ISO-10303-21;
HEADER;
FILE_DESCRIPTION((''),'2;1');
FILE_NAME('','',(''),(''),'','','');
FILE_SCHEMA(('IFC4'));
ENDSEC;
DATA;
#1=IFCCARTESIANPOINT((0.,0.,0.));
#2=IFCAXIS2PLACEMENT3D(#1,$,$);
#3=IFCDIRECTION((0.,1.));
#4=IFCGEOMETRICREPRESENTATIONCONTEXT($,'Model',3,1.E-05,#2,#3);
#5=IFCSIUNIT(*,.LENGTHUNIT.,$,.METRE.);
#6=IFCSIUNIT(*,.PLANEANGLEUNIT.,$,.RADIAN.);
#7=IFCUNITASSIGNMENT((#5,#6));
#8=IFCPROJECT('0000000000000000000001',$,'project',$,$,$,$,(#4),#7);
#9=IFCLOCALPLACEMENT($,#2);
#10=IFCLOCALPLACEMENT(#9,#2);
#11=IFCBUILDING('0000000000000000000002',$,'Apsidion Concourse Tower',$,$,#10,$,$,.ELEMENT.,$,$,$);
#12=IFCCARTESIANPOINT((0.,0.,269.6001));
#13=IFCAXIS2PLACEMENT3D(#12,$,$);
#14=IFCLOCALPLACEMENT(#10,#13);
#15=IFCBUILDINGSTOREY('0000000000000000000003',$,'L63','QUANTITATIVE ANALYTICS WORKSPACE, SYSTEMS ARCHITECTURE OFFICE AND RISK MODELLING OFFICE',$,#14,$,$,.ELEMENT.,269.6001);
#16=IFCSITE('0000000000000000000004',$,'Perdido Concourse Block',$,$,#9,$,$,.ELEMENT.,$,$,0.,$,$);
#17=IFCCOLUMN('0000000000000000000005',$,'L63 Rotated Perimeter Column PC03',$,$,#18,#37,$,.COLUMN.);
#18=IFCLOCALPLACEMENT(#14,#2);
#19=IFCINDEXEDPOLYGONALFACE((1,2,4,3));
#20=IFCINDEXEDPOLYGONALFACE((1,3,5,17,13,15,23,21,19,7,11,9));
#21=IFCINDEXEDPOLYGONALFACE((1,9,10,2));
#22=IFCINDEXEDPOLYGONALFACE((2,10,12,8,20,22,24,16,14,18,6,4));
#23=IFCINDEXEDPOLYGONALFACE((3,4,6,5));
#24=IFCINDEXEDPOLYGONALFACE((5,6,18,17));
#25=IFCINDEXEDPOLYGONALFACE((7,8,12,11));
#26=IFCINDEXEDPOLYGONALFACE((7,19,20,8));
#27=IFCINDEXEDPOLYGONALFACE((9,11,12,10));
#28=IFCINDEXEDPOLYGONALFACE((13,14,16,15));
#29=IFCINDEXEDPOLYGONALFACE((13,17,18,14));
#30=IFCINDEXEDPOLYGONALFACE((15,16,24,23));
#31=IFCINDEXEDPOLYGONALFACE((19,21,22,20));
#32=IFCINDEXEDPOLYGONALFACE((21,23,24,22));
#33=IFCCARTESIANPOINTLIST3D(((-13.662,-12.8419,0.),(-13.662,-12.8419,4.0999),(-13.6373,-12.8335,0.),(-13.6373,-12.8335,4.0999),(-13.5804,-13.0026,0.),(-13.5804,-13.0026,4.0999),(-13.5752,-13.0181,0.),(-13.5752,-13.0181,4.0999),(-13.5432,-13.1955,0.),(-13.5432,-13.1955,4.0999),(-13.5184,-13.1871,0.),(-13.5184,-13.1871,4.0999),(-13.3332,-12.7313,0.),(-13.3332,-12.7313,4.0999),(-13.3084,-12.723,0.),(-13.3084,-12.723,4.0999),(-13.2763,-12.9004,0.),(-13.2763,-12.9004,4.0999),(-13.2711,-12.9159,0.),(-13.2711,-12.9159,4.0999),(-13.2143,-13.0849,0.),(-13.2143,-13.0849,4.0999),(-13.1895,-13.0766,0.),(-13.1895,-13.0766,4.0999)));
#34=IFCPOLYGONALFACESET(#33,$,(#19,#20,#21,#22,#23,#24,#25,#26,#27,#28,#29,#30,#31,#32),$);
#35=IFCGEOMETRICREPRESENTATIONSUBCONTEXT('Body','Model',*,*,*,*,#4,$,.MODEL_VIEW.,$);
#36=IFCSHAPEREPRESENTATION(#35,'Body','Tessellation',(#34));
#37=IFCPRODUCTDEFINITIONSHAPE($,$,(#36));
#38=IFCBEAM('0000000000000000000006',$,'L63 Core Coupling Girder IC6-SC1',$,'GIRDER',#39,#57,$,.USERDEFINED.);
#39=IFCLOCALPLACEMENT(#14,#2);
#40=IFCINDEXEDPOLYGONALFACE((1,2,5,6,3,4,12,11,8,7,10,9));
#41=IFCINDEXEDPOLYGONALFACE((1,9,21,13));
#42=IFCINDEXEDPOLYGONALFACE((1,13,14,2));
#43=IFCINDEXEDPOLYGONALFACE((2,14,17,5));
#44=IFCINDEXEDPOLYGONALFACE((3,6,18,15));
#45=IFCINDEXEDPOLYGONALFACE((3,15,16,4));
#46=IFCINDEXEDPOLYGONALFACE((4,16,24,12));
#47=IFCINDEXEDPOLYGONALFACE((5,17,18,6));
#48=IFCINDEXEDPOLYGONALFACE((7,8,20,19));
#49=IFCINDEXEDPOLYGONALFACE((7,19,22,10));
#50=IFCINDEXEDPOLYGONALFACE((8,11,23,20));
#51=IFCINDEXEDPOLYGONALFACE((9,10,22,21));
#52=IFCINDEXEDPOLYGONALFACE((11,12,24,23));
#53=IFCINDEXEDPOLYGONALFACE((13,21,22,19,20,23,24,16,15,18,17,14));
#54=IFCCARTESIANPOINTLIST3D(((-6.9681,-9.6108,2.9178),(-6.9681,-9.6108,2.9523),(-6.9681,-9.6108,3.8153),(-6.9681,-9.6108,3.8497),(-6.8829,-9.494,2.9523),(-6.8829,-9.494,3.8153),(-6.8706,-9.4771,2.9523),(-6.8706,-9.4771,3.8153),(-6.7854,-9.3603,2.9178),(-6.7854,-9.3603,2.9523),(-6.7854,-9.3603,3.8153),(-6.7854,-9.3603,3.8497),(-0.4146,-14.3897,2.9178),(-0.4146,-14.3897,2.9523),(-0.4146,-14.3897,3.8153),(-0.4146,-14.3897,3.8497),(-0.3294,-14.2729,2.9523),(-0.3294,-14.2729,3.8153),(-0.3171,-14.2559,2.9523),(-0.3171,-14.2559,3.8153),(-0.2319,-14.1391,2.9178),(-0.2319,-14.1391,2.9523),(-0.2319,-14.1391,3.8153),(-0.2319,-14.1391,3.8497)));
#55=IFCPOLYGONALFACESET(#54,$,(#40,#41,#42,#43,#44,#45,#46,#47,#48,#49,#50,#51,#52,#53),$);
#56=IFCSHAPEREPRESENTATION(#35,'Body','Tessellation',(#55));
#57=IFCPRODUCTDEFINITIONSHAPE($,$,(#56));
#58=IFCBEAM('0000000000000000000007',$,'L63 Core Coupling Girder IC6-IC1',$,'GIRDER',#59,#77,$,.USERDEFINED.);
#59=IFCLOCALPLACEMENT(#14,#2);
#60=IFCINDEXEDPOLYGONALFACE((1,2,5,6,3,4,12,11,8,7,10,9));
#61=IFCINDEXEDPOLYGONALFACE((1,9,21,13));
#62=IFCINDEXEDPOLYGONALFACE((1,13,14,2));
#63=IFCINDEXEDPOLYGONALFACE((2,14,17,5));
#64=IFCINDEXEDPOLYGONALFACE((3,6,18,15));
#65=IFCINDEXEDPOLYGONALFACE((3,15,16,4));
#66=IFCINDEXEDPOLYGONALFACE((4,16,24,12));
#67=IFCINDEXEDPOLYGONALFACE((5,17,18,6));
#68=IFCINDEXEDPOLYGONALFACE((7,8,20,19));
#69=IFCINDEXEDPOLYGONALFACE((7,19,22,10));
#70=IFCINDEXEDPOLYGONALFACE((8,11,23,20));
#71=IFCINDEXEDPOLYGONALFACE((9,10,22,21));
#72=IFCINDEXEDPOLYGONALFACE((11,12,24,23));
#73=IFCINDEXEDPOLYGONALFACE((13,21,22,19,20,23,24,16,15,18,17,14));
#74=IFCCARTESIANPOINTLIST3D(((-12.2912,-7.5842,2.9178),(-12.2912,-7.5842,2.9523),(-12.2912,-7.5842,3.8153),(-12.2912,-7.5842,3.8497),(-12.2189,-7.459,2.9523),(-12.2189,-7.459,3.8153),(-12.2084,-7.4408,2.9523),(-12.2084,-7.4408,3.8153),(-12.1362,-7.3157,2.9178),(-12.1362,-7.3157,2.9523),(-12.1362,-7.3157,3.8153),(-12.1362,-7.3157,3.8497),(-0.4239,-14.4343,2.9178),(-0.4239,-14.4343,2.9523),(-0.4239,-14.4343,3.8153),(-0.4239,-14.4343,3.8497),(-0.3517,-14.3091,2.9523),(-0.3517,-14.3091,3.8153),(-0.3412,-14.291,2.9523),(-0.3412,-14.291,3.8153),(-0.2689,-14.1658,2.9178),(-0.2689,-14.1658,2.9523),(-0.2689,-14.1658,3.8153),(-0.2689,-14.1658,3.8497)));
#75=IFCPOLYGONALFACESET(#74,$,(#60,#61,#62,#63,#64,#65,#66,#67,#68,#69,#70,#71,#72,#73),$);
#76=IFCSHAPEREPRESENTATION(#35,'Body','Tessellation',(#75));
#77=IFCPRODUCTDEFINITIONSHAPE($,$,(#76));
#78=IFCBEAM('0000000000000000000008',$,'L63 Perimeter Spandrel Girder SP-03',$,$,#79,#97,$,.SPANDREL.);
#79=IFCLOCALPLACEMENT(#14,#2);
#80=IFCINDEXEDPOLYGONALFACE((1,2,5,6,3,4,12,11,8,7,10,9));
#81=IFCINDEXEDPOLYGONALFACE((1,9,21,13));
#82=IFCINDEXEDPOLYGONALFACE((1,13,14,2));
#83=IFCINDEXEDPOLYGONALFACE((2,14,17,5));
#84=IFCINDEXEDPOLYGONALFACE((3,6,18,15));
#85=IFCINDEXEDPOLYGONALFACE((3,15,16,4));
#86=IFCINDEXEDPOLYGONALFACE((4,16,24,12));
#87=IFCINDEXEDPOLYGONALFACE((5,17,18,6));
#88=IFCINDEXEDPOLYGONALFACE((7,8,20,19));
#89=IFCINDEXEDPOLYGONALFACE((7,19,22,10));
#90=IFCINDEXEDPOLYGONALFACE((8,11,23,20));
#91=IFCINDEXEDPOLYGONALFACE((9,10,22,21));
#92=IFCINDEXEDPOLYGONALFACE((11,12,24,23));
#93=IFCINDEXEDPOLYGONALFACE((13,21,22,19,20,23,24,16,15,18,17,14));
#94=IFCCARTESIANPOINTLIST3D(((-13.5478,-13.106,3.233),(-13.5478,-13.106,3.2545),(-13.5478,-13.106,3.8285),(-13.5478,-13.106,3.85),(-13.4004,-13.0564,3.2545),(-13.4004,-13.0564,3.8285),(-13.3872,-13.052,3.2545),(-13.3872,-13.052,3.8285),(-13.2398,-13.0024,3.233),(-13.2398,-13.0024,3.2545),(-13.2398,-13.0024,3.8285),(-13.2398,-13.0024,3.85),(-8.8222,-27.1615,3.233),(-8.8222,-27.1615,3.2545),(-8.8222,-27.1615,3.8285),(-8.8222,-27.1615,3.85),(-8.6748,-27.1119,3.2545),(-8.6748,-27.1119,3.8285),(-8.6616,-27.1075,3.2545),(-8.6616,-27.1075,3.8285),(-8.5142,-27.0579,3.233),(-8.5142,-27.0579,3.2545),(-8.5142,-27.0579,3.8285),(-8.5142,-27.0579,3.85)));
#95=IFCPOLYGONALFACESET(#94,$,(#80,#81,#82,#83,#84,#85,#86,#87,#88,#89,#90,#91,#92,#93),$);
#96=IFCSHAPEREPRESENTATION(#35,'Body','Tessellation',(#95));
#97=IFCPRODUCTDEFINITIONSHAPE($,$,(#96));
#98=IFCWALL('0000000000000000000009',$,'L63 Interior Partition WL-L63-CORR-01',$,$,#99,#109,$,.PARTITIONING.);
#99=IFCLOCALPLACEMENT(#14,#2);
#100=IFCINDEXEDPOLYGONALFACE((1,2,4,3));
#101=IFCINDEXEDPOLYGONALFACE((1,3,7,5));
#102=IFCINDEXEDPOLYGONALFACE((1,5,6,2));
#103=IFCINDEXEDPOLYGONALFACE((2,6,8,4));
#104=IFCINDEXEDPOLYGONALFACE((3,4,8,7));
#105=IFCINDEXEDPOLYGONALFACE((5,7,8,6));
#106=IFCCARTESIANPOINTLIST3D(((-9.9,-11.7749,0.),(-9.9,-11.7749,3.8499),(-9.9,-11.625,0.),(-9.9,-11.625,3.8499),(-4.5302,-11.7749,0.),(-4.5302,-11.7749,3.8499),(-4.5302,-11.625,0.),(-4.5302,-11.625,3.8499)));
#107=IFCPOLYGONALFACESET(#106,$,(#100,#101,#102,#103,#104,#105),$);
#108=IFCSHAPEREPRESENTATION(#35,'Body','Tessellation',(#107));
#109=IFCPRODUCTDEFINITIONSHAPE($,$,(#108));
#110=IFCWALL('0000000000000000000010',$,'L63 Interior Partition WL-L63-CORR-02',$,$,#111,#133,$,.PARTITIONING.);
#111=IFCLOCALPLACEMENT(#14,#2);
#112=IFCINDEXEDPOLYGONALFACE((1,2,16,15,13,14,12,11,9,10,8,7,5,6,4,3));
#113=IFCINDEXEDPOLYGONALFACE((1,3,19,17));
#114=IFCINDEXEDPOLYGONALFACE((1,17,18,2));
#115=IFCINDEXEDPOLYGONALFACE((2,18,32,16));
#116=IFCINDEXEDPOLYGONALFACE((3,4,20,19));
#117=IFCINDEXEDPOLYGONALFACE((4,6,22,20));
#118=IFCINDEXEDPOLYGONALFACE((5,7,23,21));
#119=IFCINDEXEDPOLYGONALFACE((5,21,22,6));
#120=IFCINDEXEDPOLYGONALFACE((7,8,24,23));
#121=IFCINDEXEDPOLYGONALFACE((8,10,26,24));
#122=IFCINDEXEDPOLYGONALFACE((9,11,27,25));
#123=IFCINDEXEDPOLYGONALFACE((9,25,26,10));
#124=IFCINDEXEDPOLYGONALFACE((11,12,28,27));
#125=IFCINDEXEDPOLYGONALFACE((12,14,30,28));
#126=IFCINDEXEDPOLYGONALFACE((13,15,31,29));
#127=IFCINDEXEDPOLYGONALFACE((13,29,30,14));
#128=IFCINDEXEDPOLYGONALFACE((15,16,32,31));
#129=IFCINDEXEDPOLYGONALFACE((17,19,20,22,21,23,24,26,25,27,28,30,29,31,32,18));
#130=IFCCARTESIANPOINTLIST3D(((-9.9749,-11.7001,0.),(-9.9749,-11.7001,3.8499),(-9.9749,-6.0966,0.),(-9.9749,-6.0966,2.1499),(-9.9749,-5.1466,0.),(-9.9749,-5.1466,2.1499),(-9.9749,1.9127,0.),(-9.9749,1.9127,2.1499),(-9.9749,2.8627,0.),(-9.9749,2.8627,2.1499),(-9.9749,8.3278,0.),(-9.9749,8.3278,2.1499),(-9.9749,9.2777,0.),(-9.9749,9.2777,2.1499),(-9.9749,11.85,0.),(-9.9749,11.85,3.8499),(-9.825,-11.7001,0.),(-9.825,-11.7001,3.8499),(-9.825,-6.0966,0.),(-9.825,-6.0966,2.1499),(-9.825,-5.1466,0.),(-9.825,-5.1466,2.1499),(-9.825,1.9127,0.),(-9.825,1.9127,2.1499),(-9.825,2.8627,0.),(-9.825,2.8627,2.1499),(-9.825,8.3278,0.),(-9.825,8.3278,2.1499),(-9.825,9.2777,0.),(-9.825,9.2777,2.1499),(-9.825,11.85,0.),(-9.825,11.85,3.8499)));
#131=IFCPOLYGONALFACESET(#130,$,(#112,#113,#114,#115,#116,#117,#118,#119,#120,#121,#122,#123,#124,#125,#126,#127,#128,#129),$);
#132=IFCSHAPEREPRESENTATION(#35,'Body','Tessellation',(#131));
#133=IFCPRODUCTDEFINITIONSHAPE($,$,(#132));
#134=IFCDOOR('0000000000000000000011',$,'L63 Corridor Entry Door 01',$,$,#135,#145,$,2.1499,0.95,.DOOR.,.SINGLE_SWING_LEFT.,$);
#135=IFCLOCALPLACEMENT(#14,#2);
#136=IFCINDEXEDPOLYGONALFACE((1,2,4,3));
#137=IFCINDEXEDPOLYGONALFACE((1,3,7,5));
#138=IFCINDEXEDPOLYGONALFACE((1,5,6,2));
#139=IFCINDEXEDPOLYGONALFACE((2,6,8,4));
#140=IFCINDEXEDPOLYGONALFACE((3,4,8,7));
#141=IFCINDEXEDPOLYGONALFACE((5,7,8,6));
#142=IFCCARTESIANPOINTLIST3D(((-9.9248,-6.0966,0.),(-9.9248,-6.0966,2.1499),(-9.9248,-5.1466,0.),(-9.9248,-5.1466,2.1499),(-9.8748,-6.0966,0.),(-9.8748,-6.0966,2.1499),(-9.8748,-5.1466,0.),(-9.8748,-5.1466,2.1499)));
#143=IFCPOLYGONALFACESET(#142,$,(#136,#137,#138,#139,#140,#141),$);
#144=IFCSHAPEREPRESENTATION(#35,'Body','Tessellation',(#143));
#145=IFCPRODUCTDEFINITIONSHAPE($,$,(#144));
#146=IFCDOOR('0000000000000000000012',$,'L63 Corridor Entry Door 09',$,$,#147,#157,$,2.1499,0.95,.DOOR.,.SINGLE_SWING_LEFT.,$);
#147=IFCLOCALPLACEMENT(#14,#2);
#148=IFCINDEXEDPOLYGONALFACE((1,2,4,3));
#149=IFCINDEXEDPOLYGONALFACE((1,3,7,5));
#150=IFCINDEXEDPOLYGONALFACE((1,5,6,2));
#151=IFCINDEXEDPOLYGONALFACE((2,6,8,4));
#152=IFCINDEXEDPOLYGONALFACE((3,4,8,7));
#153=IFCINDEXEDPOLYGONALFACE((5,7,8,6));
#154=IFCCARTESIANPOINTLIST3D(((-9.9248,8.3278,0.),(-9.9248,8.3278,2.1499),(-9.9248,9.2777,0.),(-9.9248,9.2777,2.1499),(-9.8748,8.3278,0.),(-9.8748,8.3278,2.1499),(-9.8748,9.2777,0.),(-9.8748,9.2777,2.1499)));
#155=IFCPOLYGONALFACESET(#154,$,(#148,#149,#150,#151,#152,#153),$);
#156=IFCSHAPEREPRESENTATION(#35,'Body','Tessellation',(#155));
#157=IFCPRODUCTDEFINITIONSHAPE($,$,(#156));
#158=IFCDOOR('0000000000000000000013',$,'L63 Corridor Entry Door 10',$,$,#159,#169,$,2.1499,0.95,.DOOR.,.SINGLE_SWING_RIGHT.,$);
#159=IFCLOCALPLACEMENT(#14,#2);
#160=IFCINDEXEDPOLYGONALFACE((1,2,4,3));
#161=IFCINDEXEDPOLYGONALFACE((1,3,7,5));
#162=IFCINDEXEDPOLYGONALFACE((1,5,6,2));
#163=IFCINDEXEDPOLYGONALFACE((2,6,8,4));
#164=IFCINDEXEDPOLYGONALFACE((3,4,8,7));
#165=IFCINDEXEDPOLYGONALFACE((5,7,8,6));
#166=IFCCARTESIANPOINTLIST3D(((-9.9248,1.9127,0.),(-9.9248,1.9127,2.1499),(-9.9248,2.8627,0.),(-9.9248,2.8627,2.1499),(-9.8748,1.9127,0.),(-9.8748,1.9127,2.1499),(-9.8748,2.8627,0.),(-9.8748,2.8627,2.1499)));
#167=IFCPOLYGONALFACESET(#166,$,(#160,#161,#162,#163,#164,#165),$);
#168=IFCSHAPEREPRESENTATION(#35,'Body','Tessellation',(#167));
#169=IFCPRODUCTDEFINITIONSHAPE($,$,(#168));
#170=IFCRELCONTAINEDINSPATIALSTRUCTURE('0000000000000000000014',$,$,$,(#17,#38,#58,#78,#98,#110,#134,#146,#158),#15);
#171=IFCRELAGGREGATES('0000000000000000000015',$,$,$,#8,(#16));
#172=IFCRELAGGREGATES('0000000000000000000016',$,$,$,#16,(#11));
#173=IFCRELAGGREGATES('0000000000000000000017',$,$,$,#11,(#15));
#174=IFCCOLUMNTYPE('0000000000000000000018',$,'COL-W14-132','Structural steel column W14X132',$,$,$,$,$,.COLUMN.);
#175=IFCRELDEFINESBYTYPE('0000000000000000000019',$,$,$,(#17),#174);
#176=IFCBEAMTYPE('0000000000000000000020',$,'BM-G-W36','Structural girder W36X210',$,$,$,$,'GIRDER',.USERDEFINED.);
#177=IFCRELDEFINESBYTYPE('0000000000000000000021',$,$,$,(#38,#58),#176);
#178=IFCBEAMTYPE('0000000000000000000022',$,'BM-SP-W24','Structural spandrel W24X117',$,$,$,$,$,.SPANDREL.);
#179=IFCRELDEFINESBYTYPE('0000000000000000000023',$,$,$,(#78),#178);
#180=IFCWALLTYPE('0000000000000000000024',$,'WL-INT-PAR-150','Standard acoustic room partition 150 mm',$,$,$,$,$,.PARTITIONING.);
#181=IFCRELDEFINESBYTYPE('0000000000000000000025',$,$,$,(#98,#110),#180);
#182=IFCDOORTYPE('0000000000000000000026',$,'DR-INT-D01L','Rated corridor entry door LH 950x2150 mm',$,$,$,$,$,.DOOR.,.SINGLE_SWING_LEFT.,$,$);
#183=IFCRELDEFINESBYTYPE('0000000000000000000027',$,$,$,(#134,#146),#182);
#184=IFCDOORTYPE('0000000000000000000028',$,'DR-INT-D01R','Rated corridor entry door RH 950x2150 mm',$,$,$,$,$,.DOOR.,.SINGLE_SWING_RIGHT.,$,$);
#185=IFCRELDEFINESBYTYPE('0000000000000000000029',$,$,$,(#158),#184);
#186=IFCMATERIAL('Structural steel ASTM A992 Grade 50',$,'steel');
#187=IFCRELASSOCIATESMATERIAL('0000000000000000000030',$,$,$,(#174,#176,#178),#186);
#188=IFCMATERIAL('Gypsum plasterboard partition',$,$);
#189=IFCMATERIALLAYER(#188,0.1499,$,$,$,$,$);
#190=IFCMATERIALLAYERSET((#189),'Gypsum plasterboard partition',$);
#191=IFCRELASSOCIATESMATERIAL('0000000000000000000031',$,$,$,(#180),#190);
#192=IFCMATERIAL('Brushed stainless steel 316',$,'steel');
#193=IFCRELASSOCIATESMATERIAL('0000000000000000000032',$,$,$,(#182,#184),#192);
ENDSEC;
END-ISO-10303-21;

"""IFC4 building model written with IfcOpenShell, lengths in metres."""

from ifc_helpers import new_model, si_unit, direction, frame, frame_2d, origin, origin_2d, place, context, subcontext, project, spatial, rectangle, i_section, extrude, material, layer, layer_set, material_profile, profile_set, type_object, element, fill, save


model = new_model("IFC4")

# Units and contexts
model_context = context("Model", 3, precision=1e-05, world=origin(), true_north=direction((0.0, 1.0)))
body_context = subcontext(model_context, "Body", "Model", "MODEL_VIEW")
ifc_project = project(units=[si_unit("LENGTHUNIT", "METRE"), si_unit("PLANEANGLEUNIT", "RADIAN")], contexts=[model_context])

# Site, building, storey
site_placement = place(None, origin())
site = spatial("IfcSite", under=ifc_project, at=site_placement, Name="Perdido Concourse Block", CompositionType="ELEMENT", RefElevation=0.0)
building_placement = place(site_placement, origin())
building = spatial("IfcBuilding", under=site, at=building_placement, Name="Apsidion Concourse Tower", CompositionType="ELEMENT")
storey_placement = place(building_placement, frame((0.0, 0.0, 269.6001)))
storey = spatial("IfcBuildingStorey", under=building, at=storey_placement, Name="L63", Description="QUANTITATIVE ANALYTICS WORKSPACE, SYSTEMS ARCHITECTURE OFFICE AND RISK MODELLING OFFICE", CompositionType="ELEMENT", Elevation=269.6001)

# Column
ifc_material_1 = material(Name="Structural steel ASTM A992 Grade 50", Category="steel")
ifc_material_profile_1 = material_profile(ifc_material_1, i_section(OverallWidth=0.373, OverallDepth=0.373, WebThickness=0.0164, FlangeThickness=0.0261, at=origin_2d()), Name="W14X132")
ifc_profile_set_1 = profile_set([ifc_material_profile_1], Name="Structural steel ASTM A992 Grade 50")
column_type = type_object("IfcColumnType", Name="COL-W14-132", Description="Structural steel column W14X132", PredefinedType="COLUMN", material=ifc_profile_set_1)
column_placement = place(storey_placement, frame((-13.4258, -12.9592, 0.0), z_axis=(0.0, 0.0, 1.0), x_axis=(-0.318628, 0.94788, 0.0)))
element("IfcColumn", 1, at=column_placement, inside=storey, type_object=column_type, Name="L63 Rotated Perimeter Column PC03", PredefinedType="COLUMN", context=body_context, shape_type="SweptSolid", body=[
    extrude(i_section(OverallWidth=0.373, OverallDepth=0.373, WebThickness=0.0164, FlangeThickness=0.0261, at=origin_2d()), origin(), (0.0, 0.0, 1.0), 4.0999),
])

# Beams
ifc_material_profile_2 = material_profile(ifc_material_1, i_section(OverallWidth=0.3101, OverallDepth=0.9319, WebThickness=0.021, FlangeThickness=0.0344, at=origin_2d()), Name="W36X210")
ifc_profile_set_2 = profile_set([ifc_material_profile_2], Name="Structural steel ASTM A992 Grade 50")
beam_type_1 = type_object("IfcBeamType", Name="BM-G-W36", Description="Structural girder W36X210", ElementType="GIRDER", PredefinedType="USERDEFINED", material=ifc_profile_set_2)
beam_1_placement = place(storey_placement, frame((-0.3232, -14.2644, 3.3838), z_axis=(-0.807993, 0.589191, 0.0), x_axis=(-0.589191, -0.807993, 0.0)))
element("IfcBeam", 2, at=beam_1_placement, inside=storey, type_object=beam_type_1, Name="L63 Core Coupling Girder IC6-SC1", ObjectType="GIRDER", PredefinedType="USERDEFINED", context=body_context, shape_type="SweptSolid", body=[
    extrude(i_section(OverallWidth=0.3101, OverallDepth=0.9319, WebThickness=0.021, FlangeThickness=0.0344, at=origin_2d()), origin(), (0.0, 0.0, 1.0), 8.1108),
])
beam_2_placement = place(storey_placement, frame((-0.3464, -14.3, 3.3838), z_axis=(-0.86607, 0.499922, 0.0), x_axis=(-0.499922, -0.86607, 0.0)))
element("IfcBeam", 3, at=beam_2_placement, inside=storey, type_object=beam_type_1, Name="L63 Core Coupling Girder IC6-IC1", ObjectType="GIRDER", PredefinedType="USERDEFINED", context=body_context, shape_type="SweptSolid", body=[
    extrude(i_section(OverallWidth=0.3101, OverallDepth=0.9319, WebThickness=0.021, FlangeThickness=0.0344, at=origin_2d()), origin(), (0.0, 0.0, 1.0), 13.7024),
])
ifc_material_profile_3 = material_profile(ifc_material_1, i_section(OverallWidth=0.325, OverallDepth=0.6169, WebThickness=0.0139, FlangeThickness=0.0215, at=origin_2d()), Name="W24X117")
ifc_profile_set_3 = profile_set([ifc_material_profile_3], Name="Structural steel ASTM A992 Grade 50")
beam_type_2 = type_object("IfcBeamType", Name="BM-SP-W24", Description="Structural spandrel W24X117", PredefinedType="SPANDREL", material=ifc_profile_set_3)
beam_3_placement = place(storey_placement, frame((-13.3938, -13.0542, 3.5415), z_axis=(0.318682, -0.947862, 0.0), x_axis=(0.947862, 0.318682, 0.0)))
element("IfcBeam", 4, at=beam_3_placement, inside=storey, type_object=beam_type_2, Name="L63 Perimeter Spandrel Girder SP-03", PredefinedType="SPANDREL", context=body_context, shape_type="SweptSolid", body=[
    extrude(i_section(OverallWidth=0.325, OverallDepth=0.6169, WebThickness=0.0139, FlangeThickness=0.0215, at=origin_2d()), origin(), (0.0, 0.0, 1.0), 14.8286),
])

# Wall
ifc_material_2 = material(Name="Gypsum plasterboard partition")
ifc_layer = layer(ifc_material_2, 0.1499)
ifc_layer_set = layer_set([ifc_layer], Name="Gypsum plasterboard partition")
wall_type = type_object("IfcWallType", Name="WL-INT-PAR-150", Description="Standard acoustic room partition 150 mm", PredefinedType="PARTITIONING", material=ifc_layer_set)
wall_1_placement = place(storey_placement, frame((-4.53, -11.7, 0.0), z_axis=(0.0, 0.0, 1.0), x_axis=(-1.0, 0.0, 0.0)))
element("IfcWall", 5, at=wall_1_placement, inside=storey, type_object=wall_type, Name="L63 Interior Partition WL-L63-CORR-01", PredefinedType="PARTITIONING", context=body_context, shape_type="SweptSolid", body=[
    extrude(rectangle(XDim=5.3699, YDim=0.1499, at=frame_2d((2.6851, 0.0))), origin(), (0.0, 0.0, 1.0), 3.8499),
])

# Wall, openings, doors
wall_2_placement = place(storey_placement, frame((-9.8999, -11.7, 0.0), z_axis=(0.0, 0.0, 1.0), x_axis=(0.0, 1.0, 0.0)))
wall_2 = element("IfcWall", 6, at=wall_2_placement, inside=storey, type_object=wall_type, Name="L63 Interior Partition WL-L63-CORR-02", PredefinedType="PARTITIONING", context=body_context, shape_type="SweptSolid", body=[
    extrude(rectangle(XDim=23.55, YDim=0.1499, at=frame_2d((11.7749, 0.0))), origin(), (0.0, 0.0, 1.0), 3.8499),
])
opening_1_placement = place(wall_2_placement, frame((5.6033, 0.0, 0.0)))
opening_1 = element("IfcOpeningElement", 7, at=opening_1_placement, cuts=wall_2, PredefinedType="OPENING", context=body_context, shape_type="SweptSolid", body=[
    extrude(rectangle(XDim=0.95, YDim=2.1499, at=frame_2d((0.4751, 1.075))), frame((0.0, 0.085, 0.0), z_axis=(0.0, -1.0, 0.0), x_axis=(1.0, 0.0, 0.0)), (0.0, 0.0, 1.0), 0.1699),
])
opening_2_placement = place(wall_2_placement, frame((20.0276, 0.0, 0.0)))
opening_2 = element("IfcOpeningElement", 8, at=opening_2_placement, cuts=wall_2, PredefinedType="OPENING", context=body_context, shape_type="SweptSolid", body=[
    extrude(rectangle(XDim=0.95, YDim=2.1499, at=frame_2d((0.4751, 1.075))), frame((0.0, 0.085, 0.0), z_axis=(0.0, -1.0, 0.0), x_axis=(1.0, 0.0, 0.0)), (0.0, 0.0, 1.0), 0.1699),
])
opening_3_placement = place(wall_2_placement, frame((13.6125, 0.0, 0.0)))
opening_3 = element("IfcOpeningElement", 9, at=opening_3_placement, cuts=wall_2, PredefinedType="OPENING", context=body_context, shape_type="SweptSolid", body=[
    extrude(rectangle(XDim=0.95, YDim=2.1499, at=frame_2d((0.4751, 1.075))), frame((0.0, 0.085, 0.0), z_axis=(0.0, -1.0, 0.0), x_axis=(1.0, 0.0, 0.0)), (0.0, 0.0, 1.0), 0.1699),
])
ifc_material_3 = material(Name="Brushed stainless steel 316", Category="steel")
door_type_1 = type_object("IfcDoorType", Name="DR-INT-D01L", Description="Rated corridor entry door LH 950x2150 mm", OperationType="SINGLE_SWING_LEFT", PredefinedType="DOOR", material=ifc_material_3)
door_1_placement = place(opening_1_placement, origin())
door_1 = element("IfcDoor", 10, at=door_1_placement, inside=storey, type_object=door_type_1, Name="L63 Corridor Entry Door 01", OperationType="SINGLE_SWING_LEFT", OverallHeight=2.1499, OverallWidth=0.95, PredefinedType="DOOR", context=body_context, shape_type="SweptSolid", body=[
    extrude(rectangle(XDim=0.95, YDim=2.1499, at=frame_2d((0.4751, 1.075))), frame((0.0, 0.0249, 0.0), z_axis=(0.0, -1.0, 0.0), x_axis=(1.0, 0.0, 0.0)), (0.0, 0.0, 1.0), 0.05),
])
fill(opening_1, door_1)
door_2_placement = place(opening_2_placement, origin())
door_2 = element("IfcDoor", 11, at=door_2_placement, inside=storey, type_object=door_type_1, Name="L63 Corridor Entry Door 09", OperationType="SINGLE_SWING_LEFT", OverallHeight=2.1499, OverallWidth=0.95, PredefinedType="DOOR", context=body_context, shape_type="SweptSolid", body=[
    extrude(rectangle(XDim=0.95, YDim=2.1499, at=frame_2d((0.4751, 1.075))), frame((0.0, 0.0249, 0.0), z_axis=(0.0, -1.0, 0.0), x_axis=(1.0, 0.0, 0.0)), (0.0, 0.0, 1.0), 0.05),
])
fill(opening_2, door_2)
door_type_2 = type_object("IfcDoorType", Name="DR-INT-D01R", Description="Rated corridor entry door RH 950x2150 mm", OperationType="SINGLE_SWING_RIGHT", PredefinedType="DOOR", material=ifc_material_3)
door_3_placement = place(opening_3_placement, origin())
door_3 = element("IfcDoor", 12, at=door_3_placement, inside=storey, type_object=door_type_2, Name="L63 Corridor Entry Door 10", OperationType="SINGLE_SWING_RIGHT", OverallHeight=2.1499, OverallWidth=0.95, PredefinedType="DOOR", context=body_context, shape_type="SweptSolid", body=[
    extrude(rectangle(XDim=0.95, YDim=2.1499, at=frame_2d((0.4751, 1.075))), frame((0.0, 0.0249, 0.0), z_axis=(0.0, -1.0, 0.0), x_axis=(1.0, 0.0, 0.0)), (0.0, 0.0, 1.0), 0.05),
])
fill(opening_3, door_3)

save(model, "model.ifc")
